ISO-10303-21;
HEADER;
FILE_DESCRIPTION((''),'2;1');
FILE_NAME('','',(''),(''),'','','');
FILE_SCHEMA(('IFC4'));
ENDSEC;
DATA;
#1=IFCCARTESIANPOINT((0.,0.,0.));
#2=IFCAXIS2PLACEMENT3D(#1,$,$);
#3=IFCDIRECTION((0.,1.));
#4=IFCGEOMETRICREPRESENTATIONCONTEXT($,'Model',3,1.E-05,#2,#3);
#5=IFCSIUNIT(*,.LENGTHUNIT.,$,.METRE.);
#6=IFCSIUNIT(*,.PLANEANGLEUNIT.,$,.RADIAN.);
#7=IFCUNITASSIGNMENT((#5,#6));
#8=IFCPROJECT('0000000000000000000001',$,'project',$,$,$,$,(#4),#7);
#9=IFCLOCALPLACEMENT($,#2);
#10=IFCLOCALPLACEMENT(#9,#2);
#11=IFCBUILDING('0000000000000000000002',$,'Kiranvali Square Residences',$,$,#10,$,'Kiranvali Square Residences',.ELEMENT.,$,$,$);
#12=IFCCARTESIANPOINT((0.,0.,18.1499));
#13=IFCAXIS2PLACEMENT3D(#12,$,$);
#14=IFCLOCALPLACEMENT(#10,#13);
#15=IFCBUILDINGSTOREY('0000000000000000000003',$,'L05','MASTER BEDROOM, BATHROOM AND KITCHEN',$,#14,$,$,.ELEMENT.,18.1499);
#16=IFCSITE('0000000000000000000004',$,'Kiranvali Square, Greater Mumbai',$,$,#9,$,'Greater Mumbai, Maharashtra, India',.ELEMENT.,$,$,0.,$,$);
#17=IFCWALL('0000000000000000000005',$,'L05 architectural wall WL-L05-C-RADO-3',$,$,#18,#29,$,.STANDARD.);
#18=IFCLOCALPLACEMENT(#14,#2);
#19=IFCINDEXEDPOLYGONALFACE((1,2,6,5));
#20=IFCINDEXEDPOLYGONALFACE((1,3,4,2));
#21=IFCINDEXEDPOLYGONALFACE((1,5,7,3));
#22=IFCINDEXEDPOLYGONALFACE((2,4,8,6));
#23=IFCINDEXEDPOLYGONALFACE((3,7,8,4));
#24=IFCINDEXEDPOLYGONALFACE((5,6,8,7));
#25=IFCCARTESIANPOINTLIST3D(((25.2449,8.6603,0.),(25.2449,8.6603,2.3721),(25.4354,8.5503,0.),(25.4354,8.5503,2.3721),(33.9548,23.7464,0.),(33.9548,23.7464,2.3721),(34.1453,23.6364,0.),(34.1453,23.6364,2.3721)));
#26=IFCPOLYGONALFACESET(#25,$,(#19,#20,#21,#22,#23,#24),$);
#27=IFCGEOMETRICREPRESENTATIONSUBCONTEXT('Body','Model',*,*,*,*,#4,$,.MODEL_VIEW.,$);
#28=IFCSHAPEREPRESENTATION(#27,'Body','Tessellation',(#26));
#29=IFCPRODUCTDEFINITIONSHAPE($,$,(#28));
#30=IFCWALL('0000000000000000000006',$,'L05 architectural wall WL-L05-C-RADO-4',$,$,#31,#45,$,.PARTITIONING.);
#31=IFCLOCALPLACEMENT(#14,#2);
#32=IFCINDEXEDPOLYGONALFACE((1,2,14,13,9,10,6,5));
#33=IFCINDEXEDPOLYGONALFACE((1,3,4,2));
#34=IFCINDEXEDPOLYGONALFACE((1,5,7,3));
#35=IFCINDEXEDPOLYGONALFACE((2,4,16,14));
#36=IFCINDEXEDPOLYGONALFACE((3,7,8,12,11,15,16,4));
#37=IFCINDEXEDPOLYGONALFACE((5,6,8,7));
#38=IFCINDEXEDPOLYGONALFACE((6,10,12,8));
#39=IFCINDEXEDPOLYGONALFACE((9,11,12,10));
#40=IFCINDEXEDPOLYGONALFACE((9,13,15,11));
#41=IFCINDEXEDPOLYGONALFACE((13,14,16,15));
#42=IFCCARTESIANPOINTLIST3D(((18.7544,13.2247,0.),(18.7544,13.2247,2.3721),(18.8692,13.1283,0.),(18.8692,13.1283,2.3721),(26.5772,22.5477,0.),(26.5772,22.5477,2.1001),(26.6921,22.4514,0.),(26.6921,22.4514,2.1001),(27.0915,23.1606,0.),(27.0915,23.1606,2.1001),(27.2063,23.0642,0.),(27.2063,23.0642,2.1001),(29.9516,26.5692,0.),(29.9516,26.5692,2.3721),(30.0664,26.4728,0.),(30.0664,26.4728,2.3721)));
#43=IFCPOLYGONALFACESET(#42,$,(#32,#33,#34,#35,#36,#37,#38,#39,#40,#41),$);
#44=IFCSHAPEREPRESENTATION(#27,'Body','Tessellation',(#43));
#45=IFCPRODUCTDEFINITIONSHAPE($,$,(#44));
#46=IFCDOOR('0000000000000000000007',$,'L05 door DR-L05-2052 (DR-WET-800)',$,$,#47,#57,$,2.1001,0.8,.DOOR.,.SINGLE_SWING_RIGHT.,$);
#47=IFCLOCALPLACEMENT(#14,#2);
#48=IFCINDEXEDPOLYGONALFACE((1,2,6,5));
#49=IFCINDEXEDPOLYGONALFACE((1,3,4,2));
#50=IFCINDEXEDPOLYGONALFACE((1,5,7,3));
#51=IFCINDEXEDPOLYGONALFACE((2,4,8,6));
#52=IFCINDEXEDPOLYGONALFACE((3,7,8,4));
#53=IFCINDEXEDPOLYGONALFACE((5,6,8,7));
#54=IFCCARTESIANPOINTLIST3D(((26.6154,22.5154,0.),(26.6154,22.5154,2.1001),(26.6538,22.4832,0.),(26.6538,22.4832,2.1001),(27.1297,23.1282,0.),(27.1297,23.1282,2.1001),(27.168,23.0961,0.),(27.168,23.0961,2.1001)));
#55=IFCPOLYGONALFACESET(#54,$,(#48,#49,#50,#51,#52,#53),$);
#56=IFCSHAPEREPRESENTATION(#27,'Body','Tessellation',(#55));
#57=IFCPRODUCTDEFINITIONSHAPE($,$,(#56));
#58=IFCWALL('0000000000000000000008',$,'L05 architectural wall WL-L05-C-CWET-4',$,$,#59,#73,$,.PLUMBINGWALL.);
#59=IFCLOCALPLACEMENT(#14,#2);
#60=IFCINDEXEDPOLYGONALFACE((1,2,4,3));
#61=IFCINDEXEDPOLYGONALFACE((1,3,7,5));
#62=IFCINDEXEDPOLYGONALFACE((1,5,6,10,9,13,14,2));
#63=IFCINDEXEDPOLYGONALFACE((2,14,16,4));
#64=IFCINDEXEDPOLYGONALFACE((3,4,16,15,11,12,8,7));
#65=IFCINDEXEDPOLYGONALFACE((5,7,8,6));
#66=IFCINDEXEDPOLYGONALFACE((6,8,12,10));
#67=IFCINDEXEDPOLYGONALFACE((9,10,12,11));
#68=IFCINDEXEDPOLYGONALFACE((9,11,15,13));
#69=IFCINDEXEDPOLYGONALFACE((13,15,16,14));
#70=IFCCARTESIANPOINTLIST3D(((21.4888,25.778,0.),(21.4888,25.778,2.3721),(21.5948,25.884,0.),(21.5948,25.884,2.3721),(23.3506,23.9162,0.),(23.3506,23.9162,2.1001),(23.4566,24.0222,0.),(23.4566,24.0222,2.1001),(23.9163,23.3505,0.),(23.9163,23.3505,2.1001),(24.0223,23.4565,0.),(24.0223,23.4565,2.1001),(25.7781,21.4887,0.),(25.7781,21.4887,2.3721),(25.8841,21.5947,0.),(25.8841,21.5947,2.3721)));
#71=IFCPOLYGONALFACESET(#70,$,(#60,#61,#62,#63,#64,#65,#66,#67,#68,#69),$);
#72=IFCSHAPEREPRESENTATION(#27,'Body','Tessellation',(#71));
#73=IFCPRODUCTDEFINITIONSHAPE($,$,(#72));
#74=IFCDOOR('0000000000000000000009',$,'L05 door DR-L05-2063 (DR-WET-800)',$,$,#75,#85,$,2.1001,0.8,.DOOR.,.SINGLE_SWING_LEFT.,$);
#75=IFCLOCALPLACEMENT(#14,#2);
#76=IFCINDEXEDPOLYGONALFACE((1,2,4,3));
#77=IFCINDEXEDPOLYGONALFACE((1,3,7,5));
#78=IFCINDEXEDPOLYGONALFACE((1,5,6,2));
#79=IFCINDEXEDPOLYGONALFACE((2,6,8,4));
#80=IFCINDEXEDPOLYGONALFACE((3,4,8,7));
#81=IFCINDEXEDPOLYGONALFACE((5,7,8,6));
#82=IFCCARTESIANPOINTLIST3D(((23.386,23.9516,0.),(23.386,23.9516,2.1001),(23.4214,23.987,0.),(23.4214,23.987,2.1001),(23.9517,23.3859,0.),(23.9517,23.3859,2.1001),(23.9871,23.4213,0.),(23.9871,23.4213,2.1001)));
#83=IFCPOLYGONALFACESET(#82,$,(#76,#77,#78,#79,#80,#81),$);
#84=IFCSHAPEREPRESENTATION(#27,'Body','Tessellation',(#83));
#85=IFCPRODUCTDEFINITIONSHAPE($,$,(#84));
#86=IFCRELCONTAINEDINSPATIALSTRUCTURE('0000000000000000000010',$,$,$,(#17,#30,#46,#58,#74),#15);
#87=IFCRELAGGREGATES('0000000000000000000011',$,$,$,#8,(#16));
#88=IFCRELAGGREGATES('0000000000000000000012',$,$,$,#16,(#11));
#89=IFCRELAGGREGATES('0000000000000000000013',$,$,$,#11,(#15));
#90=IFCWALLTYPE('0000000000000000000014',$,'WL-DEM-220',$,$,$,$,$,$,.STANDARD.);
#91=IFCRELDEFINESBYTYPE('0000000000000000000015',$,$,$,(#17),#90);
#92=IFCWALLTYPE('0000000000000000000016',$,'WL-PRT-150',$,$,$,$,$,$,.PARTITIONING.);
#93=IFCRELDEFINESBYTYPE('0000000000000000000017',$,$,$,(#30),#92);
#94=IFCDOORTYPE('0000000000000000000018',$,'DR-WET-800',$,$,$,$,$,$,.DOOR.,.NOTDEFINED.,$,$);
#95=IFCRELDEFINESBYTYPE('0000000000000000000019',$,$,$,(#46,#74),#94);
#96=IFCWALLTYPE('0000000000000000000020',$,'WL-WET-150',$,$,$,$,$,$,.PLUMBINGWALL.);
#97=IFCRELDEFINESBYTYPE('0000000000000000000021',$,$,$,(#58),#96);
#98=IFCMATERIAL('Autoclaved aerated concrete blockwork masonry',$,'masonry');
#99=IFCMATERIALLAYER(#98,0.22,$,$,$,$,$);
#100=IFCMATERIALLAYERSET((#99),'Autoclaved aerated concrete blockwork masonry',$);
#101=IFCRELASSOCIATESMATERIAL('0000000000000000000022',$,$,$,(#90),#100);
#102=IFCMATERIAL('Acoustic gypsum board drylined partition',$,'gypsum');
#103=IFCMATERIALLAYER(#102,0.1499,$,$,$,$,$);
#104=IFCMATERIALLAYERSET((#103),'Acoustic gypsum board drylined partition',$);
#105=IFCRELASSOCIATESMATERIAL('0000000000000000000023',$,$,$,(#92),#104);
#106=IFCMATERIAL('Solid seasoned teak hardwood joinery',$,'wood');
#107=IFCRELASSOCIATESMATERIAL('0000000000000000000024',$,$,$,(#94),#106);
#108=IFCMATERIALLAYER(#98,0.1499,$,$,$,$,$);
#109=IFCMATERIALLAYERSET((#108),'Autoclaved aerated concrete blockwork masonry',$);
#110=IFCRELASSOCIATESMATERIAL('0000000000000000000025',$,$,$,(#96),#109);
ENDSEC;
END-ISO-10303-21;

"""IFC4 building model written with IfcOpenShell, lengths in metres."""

from ifc_helpers import new_model, si_unit, direction, frame, frame_2d, origin, place, context, subcontext, project, spatial, rectangle, extrude, material, layer, layer_set, type_object, element, fill, save


model = new_model("IFC4")

# Units and contexts
model_context = context("Model", 3, precision=1e-05, world=origin(), true_north=direction((0.0, 1.0)))
body_context = subcontext(model_context, "Body", "Model", "MODEL_VIEW")
ifc_project = project(units=[si_unit("LENGTHUNIT", "METRE"), si_unit("PLANEANGLEUNIT", "RADIAN")], contexts=[model_context])

# Site, building, storey
site_placement = place(None, origin())
site = spatial("IfcSite", under=ifc_project, at=site_placement, Name="Kiranvali Square, Greater Mumbai", LongName="Greater Mumbai, Maharashtra, India", CompositionType="ELEMENT", RefElevation=0.0)
building_placement = place(site_placement, origin())
building = spatial("IfcBuilding", under=site, at=building_placement, Name="Kiranvali Square Residences", LongName="Kiranvali Square Residences", CompositionType="ELEMENT")
storey_placement = place(building_placement, frame((0.0, 0.0, 18.1499)))
storey = spatial("IfcBuildingStorey", under=building, at=storey_placement, Name="L05", Description="MASTER BEDROOM, BATHROOM AND KITCHEN", CompositionType="ELEMENT", Elevation=18.1499)

# Shared definitions
ifc_material_1 = material(Name="Autoclaved aerated concrete blockwork masonry", Category="masonry")

# Wall
ifc_layer_1 = layer(ifc_material_1, 0.22)
ifc_layer_set_1 = layer_set([ifc_layer_1], Name="Autoclaved aerated concrete blockwork masonry")
wall_type_1 = type_object("IfcWallType", Name="WL-DEM-220", PredefinedType="STANDARD", material=ifc_layer_set_1)
wall_1_placement = place(storey_placement, frame((34.05, 23.6914, 0.0), z_axis=(0.0, 0.0, 1.0), x_axis=(-0.499998, -0.866027, 0.0)))
element("IfcWall", 1, at=wall_1_placement, inside=storey, type_object=wall_type_1, Name="L05 architectural wall WL-L05-C-RADO-3", PredefinedType="STANDARD", context=body_context, shape_type="SweptSolid", body=[
    extrude(rectangle(XDim=17.4199, YDim=0.22, at=frame_2d((8.71, 0.0))), origin(), (0.0, 0.0, 1.0), 2.3721),
])

# Walls, openings, doors
ifc_material_2 = material(Name="Acoustic gypsum board drylined partition", Category="gypsum")
ifc_layer_2 = layer(ifc_material_2, 0.1499)
ifc_layer_set_2 = layer_set([ifc_layer_2], Name="Acoustic gypsum board drylined partition")
wall_type_2 = type_object("IfcWallType", Name="WL-PRT-150", PredefinedType="PARTITIONING", material=ifc_layer_set_2)
wall_2_placement = place(storey_placement, frame((30.009, 26.521, 0.0), z_axis=(0.0, 0.0, 1.0), x_axis=(-0.642785, -0.766047, 0.0)))
wall_2 = element("IfcWall", 2, at=wall_2_placement, inside=storey, type_object=wall_type_2, Name="L05 architectural wall WL-L05-C-RADO-4", PredefinedType="PARTITIONING", context=body_context, shape_type="SweptSolid", body=[
    extrude(rectangle(XDim=17.4199, YDim=0.1499, at=frame_2d((8.71, 0.0))), origin(), (0.0, 0.0, 1.0), 2.3721),
])
opening_1_placement = place(wall_2_placement, frame((4.4497, 0.0, 0.0)))
opening_1 = element("IfcOpeningElement", 3, at=opening_1_placement, cuts=wall_2, PredefinedType="OPENING", context=body_context, shape_type="SweptSolid", body=[
    extrude(rectangle(XDim=0.8, YDim=2.1001, at=frame_2d((0.3999, 1.05))), frame((0.0, 0.085, 0.0), z_axis=(0.0, -1.0, 0.0), x_axis=(1.0, 0.0, 0.0)), (0.0, 0.0, 1.0), 0.1699),
])
ifc_material_3 = material(Name="Solid seasoned teak hardwood joinery", Category="wood")
door_type_1 = type_object("IfcDoorType", Name="DR-WET-800", OperationType="NOTDEFINED", PredefinedType="DOOR", material=ifc_material_3)
door_1_placement = place(opening_1_placement, frame((0.8, 0.0, 0.0), z_axis=(0.0, 0.0, 1.0), x_axis=(-1.0, 0.0, 0.0)))
door_1 = element("IfcDoor", 4, at=door_1_placement, inside=storey, type_object=door_type_1, Name="L05 door DR-L05-2052 (DR-WET-800)", OperationType="SINGLE_SWING_RIGHT", OverallHeight=2.1001, OverallWidth=0.8, PredefinedType="DOOR", context=body_context, shape_type="SweptSolid", body=[
    extrude(rectangle(XDim=0.8, YDim=2.1001, at=frame_2d((0.3999, 1.05))), frame((0.0, 0.0249, 0.0), z_axis=(0.0, -1.0, 0.0), x_axis=(1.0, 0.0, 0.0)), (0.0, 0.0, 1.0), 0.05),
])
fill(opening_1, door_1)
ifc_layer_3 = layer(ifc_material_1, 0.1499)
ifc_layer_set_3 = layer_set([ifc_layer_3], Name="Autoclaved aerated concrete blockwork masonry")
wall_type_3 = type_object("IfcWallType", Name="WL-WET-150", PredefinedType="PLUMBINGWALL", material=ifc_layer_set_3)
wall_3_placement = place(storey_placement, frame((25.8311, 21.5417, 0.0), z_axis=(0.0, 0.0, 1.0), x_axis=(-0.707107, 0.707107, 0.0)))
wall_3 = element("IfcWall", 5, at=wall_3_placement, inside=storey, type_object=wall_type_3, Name="L05 architectural wall WL-L05-C-CWET-4", PredefinedType="PLUMBINGWALL", context=body_context, shape_type="SweptSolid", body=[
    extrude(rectangle(XDim=6.0659, YDim=0.1499, at=frame_2d((3.033, 0.0))), origin(), (0.0, 0.0, 1.0), 2.3721),
])
opening_2_placement = place(wall_3_placement, frame((2.6331, 0.0, 0.0)))
opening_2 = element("IfcOpeningElement", 6, at=opening_2_placement, cuts=wall_3, PredefinedType="OPENING", context=body_context, shape_type="SweptSolid", body=[
    extrude(rectangle(XDim=0.8, YDim=2.1001, at=frame_2d((0.3999, 1.05))), frame((0.0, 0.085, 0.0), z_axis=(0.0, -1.0, 0.0), x_axis=(1.0, 0.0, 0.0)), (0.0, 0.0, 1.0), 0.1699),
])
door_2_placement = place(opening_2_placement, origin())
door_2 = element("IfcDoor", 7, at=door_2_placement, inside=storey, type_object=door_type_1, Name="L05 door DR-L05-2063 (DR-WET-800)", OperationType="SINGLE_SWING_LEFT", OverallHeight=2.1001, OverallWidth=0.8, PredefinedType="DOOR", context=body_context, shape_type="SweptSolid", body=[
    extrude(rectangle(XDim=0.8, YDim=2.1001, at=frame_2d((0.3999, 1.05))), frame((0.0, 0.0249, 0.0), z_axis=(0.0, -1.0, 0.0), x_axis=(1.0, 0.0, 0.0)), (0.0, 0.0, 1.0), 0.05),
])
fill(opening_2, door_2)

save(model, "model.ifc")
